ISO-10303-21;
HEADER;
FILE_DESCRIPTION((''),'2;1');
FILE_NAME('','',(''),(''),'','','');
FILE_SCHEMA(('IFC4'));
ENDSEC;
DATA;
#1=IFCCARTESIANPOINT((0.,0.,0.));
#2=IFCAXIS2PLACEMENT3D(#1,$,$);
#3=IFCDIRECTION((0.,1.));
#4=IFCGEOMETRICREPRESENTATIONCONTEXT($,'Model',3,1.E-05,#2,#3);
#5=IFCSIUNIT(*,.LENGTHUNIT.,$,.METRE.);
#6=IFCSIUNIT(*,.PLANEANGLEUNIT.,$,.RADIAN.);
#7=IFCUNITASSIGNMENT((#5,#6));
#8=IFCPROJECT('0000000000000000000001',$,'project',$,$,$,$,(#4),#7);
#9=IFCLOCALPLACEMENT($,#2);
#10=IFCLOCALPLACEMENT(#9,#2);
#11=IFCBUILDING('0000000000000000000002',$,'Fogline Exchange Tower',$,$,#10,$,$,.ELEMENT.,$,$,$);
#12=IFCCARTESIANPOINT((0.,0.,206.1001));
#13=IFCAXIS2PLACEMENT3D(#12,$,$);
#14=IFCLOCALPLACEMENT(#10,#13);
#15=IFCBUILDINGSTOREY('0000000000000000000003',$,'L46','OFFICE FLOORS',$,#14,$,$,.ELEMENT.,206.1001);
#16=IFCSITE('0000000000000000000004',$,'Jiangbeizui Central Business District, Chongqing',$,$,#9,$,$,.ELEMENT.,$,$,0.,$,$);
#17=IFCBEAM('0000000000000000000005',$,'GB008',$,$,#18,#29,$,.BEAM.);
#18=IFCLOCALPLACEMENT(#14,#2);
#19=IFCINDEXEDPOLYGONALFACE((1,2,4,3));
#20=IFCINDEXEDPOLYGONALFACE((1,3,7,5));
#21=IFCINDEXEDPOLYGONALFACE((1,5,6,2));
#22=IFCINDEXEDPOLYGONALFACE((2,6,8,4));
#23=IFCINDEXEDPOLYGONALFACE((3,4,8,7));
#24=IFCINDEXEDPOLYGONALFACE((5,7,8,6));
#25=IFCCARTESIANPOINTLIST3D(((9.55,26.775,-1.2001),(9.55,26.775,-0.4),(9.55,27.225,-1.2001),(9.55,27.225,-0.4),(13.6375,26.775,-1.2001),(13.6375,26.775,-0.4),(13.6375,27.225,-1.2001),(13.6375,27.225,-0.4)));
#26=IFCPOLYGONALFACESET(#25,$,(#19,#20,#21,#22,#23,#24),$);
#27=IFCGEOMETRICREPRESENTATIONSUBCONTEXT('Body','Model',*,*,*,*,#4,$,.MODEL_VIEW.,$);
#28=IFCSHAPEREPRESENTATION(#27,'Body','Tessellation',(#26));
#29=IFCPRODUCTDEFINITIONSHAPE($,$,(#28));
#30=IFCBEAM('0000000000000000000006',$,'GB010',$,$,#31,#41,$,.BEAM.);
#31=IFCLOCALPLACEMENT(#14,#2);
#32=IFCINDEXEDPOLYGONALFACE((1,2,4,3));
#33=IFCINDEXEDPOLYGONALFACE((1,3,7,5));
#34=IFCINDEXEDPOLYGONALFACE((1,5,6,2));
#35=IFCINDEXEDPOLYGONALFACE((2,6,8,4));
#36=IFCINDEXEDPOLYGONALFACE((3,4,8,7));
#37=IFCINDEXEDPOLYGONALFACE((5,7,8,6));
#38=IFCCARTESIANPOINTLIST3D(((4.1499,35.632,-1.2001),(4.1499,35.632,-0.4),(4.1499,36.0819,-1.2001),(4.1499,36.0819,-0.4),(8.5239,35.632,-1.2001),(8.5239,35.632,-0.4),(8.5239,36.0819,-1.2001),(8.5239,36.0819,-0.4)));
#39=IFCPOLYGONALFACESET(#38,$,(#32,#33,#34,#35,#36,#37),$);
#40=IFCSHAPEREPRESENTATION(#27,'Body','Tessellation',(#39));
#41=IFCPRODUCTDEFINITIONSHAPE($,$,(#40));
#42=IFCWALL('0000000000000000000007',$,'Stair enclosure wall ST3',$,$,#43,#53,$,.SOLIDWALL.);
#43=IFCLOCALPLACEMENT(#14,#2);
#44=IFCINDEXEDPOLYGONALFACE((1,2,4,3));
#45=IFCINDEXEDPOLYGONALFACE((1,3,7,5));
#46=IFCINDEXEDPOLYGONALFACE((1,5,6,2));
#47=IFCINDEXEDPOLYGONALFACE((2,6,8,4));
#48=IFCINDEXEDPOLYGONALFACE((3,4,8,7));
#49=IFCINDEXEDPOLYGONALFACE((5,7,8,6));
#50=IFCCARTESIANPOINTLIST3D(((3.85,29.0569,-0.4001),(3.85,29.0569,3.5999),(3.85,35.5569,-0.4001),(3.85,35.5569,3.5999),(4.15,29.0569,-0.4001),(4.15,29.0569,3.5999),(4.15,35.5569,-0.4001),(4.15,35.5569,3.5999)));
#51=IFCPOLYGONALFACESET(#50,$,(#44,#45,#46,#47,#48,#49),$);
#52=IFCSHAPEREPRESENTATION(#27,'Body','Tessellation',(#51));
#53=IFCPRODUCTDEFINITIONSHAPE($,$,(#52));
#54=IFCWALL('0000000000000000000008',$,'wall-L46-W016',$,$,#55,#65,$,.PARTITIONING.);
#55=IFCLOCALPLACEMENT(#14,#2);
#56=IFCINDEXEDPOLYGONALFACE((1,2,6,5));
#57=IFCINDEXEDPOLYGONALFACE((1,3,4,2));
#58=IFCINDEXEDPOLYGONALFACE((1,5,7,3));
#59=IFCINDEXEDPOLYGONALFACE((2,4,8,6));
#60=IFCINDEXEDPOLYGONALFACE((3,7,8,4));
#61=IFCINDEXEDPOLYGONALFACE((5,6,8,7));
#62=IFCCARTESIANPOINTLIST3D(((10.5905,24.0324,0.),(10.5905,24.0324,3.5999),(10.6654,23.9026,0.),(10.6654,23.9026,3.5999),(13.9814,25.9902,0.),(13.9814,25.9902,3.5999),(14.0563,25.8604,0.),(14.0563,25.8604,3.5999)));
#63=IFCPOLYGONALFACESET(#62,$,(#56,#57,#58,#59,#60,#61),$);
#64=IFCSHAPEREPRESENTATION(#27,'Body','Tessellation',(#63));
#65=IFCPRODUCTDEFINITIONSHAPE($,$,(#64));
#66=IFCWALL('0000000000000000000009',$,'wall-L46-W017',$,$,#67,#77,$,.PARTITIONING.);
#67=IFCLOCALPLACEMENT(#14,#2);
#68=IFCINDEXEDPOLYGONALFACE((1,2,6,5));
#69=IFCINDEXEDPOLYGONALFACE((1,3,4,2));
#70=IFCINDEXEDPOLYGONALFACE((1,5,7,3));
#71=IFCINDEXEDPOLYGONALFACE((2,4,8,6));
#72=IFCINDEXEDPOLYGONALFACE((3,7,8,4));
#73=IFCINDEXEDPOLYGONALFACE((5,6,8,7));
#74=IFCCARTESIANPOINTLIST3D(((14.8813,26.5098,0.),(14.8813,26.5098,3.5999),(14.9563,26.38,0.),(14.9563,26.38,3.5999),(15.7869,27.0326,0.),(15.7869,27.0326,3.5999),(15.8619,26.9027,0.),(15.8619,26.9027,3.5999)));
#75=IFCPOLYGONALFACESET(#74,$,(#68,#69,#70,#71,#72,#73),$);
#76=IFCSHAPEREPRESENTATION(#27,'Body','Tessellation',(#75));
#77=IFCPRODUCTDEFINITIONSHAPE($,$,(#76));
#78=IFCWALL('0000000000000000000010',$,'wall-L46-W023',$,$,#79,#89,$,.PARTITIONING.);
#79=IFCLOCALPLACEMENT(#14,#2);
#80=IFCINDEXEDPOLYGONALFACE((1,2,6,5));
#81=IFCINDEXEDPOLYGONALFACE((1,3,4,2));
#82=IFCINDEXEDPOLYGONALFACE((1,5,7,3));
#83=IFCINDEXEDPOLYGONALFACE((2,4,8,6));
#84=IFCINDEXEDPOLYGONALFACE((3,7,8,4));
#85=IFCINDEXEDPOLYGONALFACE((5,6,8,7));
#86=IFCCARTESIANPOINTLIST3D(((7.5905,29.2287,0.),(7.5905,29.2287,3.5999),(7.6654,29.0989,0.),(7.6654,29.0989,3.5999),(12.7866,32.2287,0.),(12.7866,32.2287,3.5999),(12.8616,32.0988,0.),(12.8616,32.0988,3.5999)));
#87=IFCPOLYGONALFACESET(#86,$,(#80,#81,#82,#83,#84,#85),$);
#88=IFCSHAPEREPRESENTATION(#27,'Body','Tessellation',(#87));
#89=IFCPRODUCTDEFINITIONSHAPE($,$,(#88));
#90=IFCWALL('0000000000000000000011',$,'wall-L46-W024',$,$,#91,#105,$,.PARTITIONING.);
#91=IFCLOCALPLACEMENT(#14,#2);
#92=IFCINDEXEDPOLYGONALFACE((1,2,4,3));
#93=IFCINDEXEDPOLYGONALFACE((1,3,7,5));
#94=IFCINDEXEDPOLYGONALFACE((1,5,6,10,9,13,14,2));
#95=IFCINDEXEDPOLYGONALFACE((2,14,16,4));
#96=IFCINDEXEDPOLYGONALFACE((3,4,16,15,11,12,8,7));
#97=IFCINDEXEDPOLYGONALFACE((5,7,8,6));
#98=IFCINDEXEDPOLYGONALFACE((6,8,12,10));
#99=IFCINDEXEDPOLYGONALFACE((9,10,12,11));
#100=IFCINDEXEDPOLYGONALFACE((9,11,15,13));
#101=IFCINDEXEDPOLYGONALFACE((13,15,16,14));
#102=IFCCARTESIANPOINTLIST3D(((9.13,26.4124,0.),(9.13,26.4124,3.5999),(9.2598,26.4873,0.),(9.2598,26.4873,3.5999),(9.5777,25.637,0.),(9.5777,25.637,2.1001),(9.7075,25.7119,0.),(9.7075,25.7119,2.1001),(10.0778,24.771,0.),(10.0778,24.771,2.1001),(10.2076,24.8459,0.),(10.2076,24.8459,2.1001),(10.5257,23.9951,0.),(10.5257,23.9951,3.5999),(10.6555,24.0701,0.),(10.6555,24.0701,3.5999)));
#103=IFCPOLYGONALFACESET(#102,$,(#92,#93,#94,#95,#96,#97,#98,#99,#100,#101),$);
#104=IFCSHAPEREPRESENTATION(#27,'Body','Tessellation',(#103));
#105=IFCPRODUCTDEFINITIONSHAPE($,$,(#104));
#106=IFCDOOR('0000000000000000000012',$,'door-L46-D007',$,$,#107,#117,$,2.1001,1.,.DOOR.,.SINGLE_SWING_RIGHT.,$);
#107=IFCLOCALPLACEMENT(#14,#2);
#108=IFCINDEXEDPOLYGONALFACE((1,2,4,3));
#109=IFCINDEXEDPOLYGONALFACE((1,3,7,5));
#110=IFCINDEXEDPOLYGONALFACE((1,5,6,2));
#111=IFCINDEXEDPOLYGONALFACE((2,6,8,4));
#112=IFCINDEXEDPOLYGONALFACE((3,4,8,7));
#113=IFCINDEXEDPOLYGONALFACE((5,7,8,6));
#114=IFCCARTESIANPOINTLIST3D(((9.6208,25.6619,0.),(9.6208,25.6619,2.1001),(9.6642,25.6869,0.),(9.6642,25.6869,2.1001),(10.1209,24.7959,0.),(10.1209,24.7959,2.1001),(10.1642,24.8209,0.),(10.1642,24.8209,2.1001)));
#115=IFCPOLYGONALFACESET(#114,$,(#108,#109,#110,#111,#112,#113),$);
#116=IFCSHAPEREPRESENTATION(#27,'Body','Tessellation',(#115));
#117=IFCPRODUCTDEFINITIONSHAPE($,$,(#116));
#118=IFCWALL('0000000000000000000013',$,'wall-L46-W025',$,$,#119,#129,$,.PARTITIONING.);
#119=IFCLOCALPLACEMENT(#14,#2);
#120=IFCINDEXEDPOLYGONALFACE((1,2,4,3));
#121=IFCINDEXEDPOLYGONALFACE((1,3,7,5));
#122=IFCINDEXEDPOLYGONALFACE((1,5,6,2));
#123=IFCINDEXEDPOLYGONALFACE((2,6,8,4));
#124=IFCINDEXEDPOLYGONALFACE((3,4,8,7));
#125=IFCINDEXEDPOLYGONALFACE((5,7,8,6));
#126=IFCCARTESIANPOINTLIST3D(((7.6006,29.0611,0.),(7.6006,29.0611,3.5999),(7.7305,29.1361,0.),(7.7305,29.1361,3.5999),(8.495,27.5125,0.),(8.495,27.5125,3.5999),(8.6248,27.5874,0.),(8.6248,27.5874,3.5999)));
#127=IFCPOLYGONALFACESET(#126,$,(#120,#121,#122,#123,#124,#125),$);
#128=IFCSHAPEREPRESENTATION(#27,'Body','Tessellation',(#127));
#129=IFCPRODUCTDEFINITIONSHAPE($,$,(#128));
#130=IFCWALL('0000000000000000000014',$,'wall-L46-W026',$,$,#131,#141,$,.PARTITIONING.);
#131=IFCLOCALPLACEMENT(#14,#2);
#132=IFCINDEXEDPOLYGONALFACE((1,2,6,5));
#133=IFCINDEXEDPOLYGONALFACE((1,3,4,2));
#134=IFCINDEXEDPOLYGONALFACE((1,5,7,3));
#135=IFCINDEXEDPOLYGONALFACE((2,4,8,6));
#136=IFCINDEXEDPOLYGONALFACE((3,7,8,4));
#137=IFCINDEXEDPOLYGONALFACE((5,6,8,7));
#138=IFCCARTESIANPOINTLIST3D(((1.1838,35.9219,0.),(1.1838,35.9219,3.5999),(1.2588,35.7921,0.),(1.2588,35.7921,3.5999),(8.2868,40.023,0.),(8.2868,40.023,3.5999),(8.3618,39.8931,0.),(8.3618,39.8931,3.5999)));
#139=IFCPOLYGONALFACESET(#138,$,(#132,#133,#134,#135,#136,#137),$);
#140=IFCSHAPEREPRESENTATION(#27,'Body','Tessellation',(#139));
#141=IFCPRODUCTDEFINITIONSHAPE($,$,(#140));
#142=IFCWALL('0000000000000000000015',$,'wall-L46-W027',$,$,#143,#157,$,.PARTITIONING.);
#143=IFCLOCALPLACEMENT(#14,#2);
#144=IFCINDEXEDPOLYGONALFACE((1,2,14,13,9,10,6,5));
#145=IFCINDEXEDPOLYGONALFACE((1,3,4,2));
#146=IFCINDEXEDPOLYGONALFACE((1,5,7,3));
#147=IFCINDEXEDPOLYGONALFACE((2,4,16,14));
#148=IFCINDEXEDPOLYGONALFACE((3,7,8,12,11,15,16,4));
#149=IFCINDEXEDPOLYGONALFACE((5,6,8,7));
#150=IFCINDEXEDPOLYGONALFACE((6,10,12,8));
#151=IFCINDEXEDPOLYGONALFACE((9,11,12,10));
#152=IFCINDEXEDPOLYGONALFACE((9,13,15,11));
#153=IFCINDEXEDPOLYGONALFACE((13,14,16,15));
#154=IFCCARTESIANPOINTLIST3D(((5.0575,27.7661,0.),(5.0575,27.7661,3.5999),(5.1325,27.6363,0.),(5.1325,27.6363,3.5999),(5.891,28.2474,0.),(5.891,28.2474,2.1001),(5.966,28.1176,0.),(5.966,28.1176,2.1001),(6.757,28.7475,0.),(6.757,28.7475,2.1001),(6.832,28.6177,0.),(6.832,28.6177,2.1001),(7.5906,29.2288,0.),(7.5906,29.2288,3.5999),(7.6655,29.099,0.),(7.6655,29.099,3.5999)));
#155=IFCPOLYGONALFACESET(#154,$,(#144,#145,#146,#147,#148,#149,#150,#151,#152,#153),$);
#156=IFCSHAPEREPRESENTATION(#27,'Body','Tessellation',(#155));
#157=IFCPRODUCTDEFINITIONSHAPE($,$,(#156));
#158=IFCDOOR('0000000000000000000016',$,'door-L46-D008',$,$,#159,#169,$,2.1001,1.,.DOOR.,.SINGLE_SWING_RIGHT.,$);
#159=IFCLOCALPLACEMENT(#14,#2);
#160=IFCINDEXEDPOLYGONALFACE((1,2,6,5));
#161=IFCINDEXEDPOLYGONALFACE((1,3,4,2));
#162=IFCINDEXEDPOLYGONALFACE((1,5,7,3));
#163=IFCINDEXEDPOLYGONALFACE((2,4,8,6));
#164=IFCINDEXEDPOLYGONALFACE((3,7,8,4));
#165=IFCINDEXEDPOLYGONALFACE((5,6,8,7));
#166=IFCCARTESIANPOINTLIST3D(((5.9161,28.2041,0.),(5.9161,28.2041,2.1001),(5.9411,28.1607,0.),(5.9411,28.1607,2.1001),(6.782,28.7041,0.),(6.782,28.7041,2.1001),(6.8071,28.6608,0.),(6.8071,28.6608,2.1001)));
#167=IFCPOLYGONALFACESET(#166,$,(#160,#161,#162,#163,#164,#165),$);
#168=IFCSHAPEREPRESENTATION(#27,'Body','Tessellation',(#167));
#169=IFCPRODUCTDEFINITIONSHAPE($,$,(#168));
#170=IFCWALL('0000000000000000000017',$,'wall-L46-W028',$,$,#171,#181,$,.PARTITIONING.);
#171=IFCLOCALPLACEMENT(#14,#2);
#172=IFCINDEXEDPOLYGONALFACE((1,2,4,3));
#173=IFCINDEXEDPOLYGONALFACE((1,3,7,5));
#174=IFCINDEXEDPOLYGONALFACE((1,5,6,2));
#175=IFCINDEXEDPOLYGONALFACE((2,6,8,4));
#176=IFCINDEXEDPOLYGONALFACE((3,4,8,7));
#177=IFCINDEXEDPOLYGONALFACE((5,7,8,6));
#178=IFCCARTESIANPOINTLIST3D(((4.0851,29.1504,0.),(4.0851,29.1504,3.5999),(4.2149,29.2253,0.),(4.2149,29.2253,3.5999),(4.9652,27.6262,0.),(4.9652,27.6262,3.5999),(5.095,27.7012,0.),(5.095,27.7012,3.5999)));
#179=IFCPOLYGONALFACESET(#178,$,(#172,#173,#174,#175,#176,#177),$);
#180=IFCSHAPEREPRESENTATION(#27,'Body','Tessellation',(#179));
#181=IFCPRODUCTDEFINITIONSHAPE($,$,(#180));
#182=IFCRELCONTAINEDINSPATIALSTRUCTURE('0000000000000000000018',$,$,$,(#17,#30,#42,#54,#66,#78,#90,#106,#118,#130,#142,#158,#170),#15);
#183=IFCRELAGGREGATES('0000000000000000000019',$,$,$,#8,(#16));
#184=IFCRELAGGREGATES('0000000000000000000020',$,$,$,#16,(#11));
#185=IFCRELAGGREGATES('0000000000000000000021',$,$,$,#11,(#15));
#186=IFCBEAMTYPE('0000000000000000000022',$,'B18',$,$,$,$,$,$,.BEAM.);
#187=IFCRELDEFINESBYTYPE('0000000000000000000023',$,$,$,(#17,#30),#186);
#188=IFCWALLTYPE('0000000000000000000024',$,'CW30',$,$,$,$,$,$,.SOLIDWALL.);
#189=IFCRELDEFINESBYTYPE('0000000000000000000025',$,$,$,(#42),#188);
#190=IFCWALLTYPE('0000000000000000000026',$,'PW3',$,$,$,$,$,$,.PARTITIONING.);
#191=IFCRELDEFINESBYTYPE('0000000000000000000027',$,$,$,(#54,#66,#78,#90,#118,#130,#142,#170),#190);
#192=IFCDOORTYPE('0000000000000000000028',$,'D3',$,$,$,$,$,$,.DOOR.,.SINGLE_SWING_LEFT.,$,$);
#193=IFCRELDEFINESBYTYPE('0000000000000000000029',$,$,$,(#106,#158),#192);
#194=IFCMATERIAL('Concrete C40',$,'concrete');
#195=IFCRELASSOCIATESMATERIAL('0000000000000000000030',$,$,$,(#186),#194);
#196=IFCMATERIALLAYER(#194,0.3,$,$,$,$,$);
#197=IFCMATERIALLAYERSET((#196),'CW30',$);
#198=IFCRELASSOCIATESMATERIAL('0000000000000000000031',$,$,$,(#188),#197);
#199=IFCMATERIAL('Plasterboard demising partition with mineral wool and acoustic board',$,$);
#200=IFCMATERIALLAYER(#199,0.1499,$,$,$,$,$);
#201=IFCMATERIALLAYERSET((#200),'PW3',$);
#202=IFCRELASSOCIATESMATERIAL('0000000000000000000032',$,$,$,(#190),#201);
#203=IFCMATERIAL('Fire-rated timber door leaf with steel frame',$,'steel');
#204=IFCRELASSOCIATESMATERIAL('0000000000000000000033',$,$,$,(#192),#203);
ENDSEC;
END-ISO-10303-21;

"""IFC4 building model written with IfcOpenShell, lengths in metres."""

from ifc_helpers import new_model, si_unit, direction, frame, frame_2d, origin, origin_2d, place, context, subcontext, project, spatial, rectangle, extrude, material, layer, layer_set, material_profile, profile_set, type_object, element, fill, save


model = new_model("IFC4")

# Units and contexts
model_context = context("Model", 3, precision=1e-05, world=origin(), true_north=direction((0.0, 1.0)))
body_context = subcontext(model_context, "Body", "Model", "MODEL_VIEW")
ifc_project = project(units=[si_unit("LENGTHUNIT", "METRE"), si_unit("PLANEANGLEUNIT", "RADIAN")], contexts=[model_context])

# Site, building, storey
site_placement = place(None, origin())
site = spatial("IfcSite", under=ifc_project, at=site_placement, Name="Jiangbeizui Central Business District, Chongqing", CompositionType="ELEMENT", RefElevation=0.0)
building_placement = place(site_placement, origin())
building = spatial("IfcBuilding", under=site, at=building_placement, Name="Fogline Exchange Tower", CompositionType="ELEMENT")
storey_placement = place(building_placement, frame((0.0, 0.0, 206.1001)))
storey = spatial("IfcBuildingStorey", under=building, at=storey_placement, Name="L46", Description="OFFICE FLOORS", CompositionType="ELEMENT", Elevation=206.1001)

# Beams
ifc_material_1 = material(Name="Concrete C40", Category="concrete")
ifc_material_profile_1 = material_profile(ifc_material_1, rectangle(XDim=0.45, YDim=0.8, at=origin_2d()), Name="RC 450x800")
ifc_profile_set_1 = profile_set([ifc_material_profile_1], Name="Concrete C40")
beam_type_1 = type_object("IfcBeamType", Name="B18", PredefinedType="BEAM", material=ifc_profile_set_1)
beam_1_placement = place(storey_placement, frame((9.55, 27.0, -0.8), z_axis=(1.0, 0.0, 0.0), x_axis=(0.0, 1.0, 0.0)))
element("IfcBeam", 1, at=beam_1_placement, inside=storey, type_object=beam_type_1, Name="GB008", PredefinedType="BEAM", context=body_context, shape_type="SweptSolid", body=[
    extrude(rectangle(XDim=0.45, YDim=0.8, at=origin_2d()), origin(), (0.0, 0.0, 1.0), 4.0874),
])
beam_2_placement = place(storey_placement, frame((4.1499, 35.8569, -0.8), z_axis=(1.0, 0.0, 0.0), x_axis=(0.0, 1.0, 0.0)))
element("IfcBeam", 2, at=beam_2_placement, inside=storey, type_object=beam_type_1, Name="GB010", PredefinedType="BEAM", context=body_context, shape_type="SweptSolid", body=[
    extrude(rectangle(XDim=0.45, YDim=0.8, at=origin_2d()), origin(), (0.0, 0.0, 1.0), 4.374),
])

# Wall
ifc_layer_1 = layer(ifc_material_1, 0.3)
ifc_layer_set_1 = layer_set([ifc_layer_1], Name="CW30")
wall_type_1 = type_object("IfcWallType", Name="CW30", PredefinedType="SOLIDWALL", material=ifc_layer_set_1)
wall_1_placement = place(storey_placement, frame((4.0, 29.0569, -0.4001), z_axis=(0.0, 0.0, 1.0), x_axis=(0.0, 1.0, 0.0)))
element("IfcWall", 3, at=wall_1_placement, inside=storey, type_object=wall_type_1, Name="Stair enclosure wall ST3", PredefinedType="SOLIDWALL", context=body_context, shape_type="SweptSolid", body=[
    extrude(rectangle(XDim=6.5, YDim=0.3, at=frame_2d((3.25, 0.0))), origin(), (0.0, 0.0, 1.0), 4.0),
])

# Walls
ifc_material_2 = material(Name="Plasterboard demising partition with mineral wool and acoustic board")
ifc_layer_2 = layer(ifc_material_2, 0.1499)
ifc_layer_set_2 = layer_set([ifc_layer_2], Name="PW3")
wall_type_2 = type_object("IfcWallType", Name="PW3", PredefinedType="PARTITIONING", material=ifc_layer_set_2)
wall_2_placement = place(storey_placement, frame((10.6279, 23.9675, 0.0), z_axis=(0.0, 0.0, 1.0), x_axis=(0.86602, 0.500009, 0.0)))
element("IfcWall", 4, at=wall_2_placement, inside=storey, type_object=wall_type_2, Name="wall-L46-W016", PredefinedType="PARTITIONING", context=body_context, shape_type="SweptSolid", body=[
    extrude(rectangle(XDim=3.9155, YDim=0.1499, at=frame_2d((1.9578, 0.0))), origin(), (0.0, 0.0, 1.0), 3.5999),
])
wall_3_placement = place(storey_placement, frame((14.9187, 26.4448, 0.0), z_axis=(0.0, 0.0, 1.0), x_axis=(0.866065, 0.499931, 0.0)))
element("IfcWall", 5, at=wall_3_placement, inside=storey, type_object=wall_type_2, Name="wall-L46-W017", PredefinedType="PARTITIONING", context=body_context, shape_type="SweptSolid", body=[
    extrude(rectangle(XDim=1.0457, YDim=0.1499, at=frame_2d((0.5229, 0.0))), origin(), (0.0, 0.0, 1.0), 3.5999),
])
wall_4_placement = place(storey_placement, frame((7.6279, 29.1638, 0.0), z_axis=(0.0, 0.0, 1.0), x_axis=(0.866031, 0.49999, 0.0)))
element("IfcWall", 6, at=wall_4_placement, inside=storey, type_object=wall_type_2, Name="wall-L46-W023", PredefinedType="PARTITIONING", context=body_context, shape_type="SweptSolid", body=[
    extrude(rectangle(XDim=6.0, YDim=0.1499, at=frame_2d((3.0, 0.0))), origin(), (0.0, 0.0, 1.0), 3.5999),
])

# Wall, opening, door
wall_5_placement = place(storey_placement, frame((10.5906, 24.0327, 0.0), z_axis=(0.0, 0.0, 1.0), x_axis=(-0.500043, 0.866001, 0.0)))
wall_5 = element("IfcWall", 7, at=wall_5_placement, inside=storey, type_object=wall_type_2, Name="wall-L46-W024", PredefinedType="PARTITIONING", context=body_context, shape_type="SweptSolid", body=[
    extrude(rectangle(XDim=2.7913, YDim=0.1499, at=frame_2d((1.3955, 0.0))), origin(), (0.0, 0.0, 1.0), 3.5999),
])
opening_1_placement = place(wall_5_placement, frame((0.8958, 0.0, 0.0)))
opening_1 = element("IfcOpeningElement", 8, at=opening_1_placement, cuts=wall_5, PredefinedType="OPENING", context=body_context, shape_type="SweptSolid", body=[
    extrude(rectangle(XDim=1.0, YDim=2.1001, at=frame_2d((0.5, 1.05))), frame((0.0, 0.085, 0.0), z_axis=(0.0, -1.0, 0.0), x_axis=(1.0, 0.0, 0.0)), (0.0, 0.0, 1.0), 0.1699),
])
ifc_material_3 = material(Name="Fire-rated timber door leaf with steel frame", Category="steel")
door_type_1 = type_object("IfcDoorType", Name="D3", OperationType="SINGLE_SWING_LEFT", PredefinedType="DOOR", material=ifc_material_3)
door_1_placement = place(opening_1_placement, frame((1.0, 0.0, 0.0), z_axis=(0.0, 0.0, 1.0), x_axis=(-1.0, 0.0, 0.0)))
door_1 = element("IfcDoor", 9, at=door_1_placement, inside=storey, type_object=door_type_1, Name="door-L46-D007", OperationType="SINGLE_SWING_RIGHT", OverallHeight=2.1001, OverallWidth=1.0, PredefinedType="DOOR", context=body_context, shape_type="SweptSolid", body=[
    extrude(rectangle(XDim=1.0, YDim=2.1001, at=frame_2d((0.5, 1.05))), frame((0.0, 0.0249, 0.0), z_axis=(0.0, -1.0, 0.0), x_axis=(1.0, 0.0, 0.0)), (0.0, 0.0, 1.0), 0.05),
])
fill(opening_1, door_1)

# Walls
wall_6_placement = place(storey_placement, frame((8.5598, 27.55, 0.0), z_axis=(0.0, 0.0, 1.0), x_axis=(-0.500089, 0.865974, 0.0)))
element("IfcWall", 10, at=wall_6_placement, inside=storey, type_object=wall_type_2, Name="wall-L46-W025", PredefinedType="PARTITIONING", context=body_context, shape_type="SweptSolid", body=[
    extrude(rectangle(XDim=1.7883, YDim=0.1499, at=frame_2d((0.894, 0.0))), origin(), (0.0, 0.0, 1.0), 3.5999),
])
wall_7_placement = place(storey_placement, frame((1.2212, 35.8569, 0.0), z_axis=(0.0, 0.0, 1.0), x_axis=(0.866018, 0.500013, 0.0)))
element("IfcWall", 11, at=wall_7_placement, inside=storey, type_object=wall_type_2, Name="wall-L46-W026", PredefinedType="PARTITIONING", context=body_context, shape_type="SweptSolid", body=[
    extrude(rectangle(XDim=8.2019, YDim=0.1499, at=frame_2d((4.1011, 0.0))), origin(), (0.0, 0.0, 1.0), 3.5999),
])

# Wall, opening, door
wall_8_placement = place(storey_placement, frame((7.6279, 29.1638, 0.0), z_axis=(0.0, 0.0, 1.0), x_axis=(-0.86599, -0.500062, 0.0)))
wall_8 = element("IfcWall", 12, at=wall_8_placement, inside=storey, type_object=wall_type_2, Name="wall-L46-W027", PredefinedType="PARTITIONING", context=body_context, shape_type="SweptSolid", body=[
    extrude(rectangle(XDim=2.925, YDim=0.1499, at=frame_2d((1.4624, 0.0))), origin(), (0.0, 0.0, 1.0), 3.5999),
])
opening_2_placement = place(wall_8_placement, frame((0.9624, 0.0, 0.0)))
opening_2 = element("IfcOpeningElement", 13, at=opening_2_placement, cuts=wall_8, PredefinedType="OPENING", context=body_context, shape_type="SweptSolid", body=[
    extrude(rectangle(XDim=1.0, YDim=2.1001, at=frame_2d((0.5, 1.05))), frame((0.0, 0.085, 0.0), z_axis=(0.0, -1.0, 0.0), x_axis=(1.0, 0.0, 0.0)), (0.0, 0.0, 1.0), 0.1699),
])
door_2_placement = place(opening_2_placement, frame((1.0, 0.0, 0.0), z_axis=(0.0, 0.0, 1.0), x_axis=(-1.0, 0.0, 0.0)))
door_2 = element("IfcDoor", 14, at=door_2_placement, inside=storey, type_object=door_type_1, Name="door-L46-D008", OperationType="SINGLE_SWING_RIGHT", OverallHeight=2.1001, OverallWidth=1.0, PredefinedType="DOOR", context=body_context, shape_type="SweptSolid", body=[
    extrude(rectangle(XDim=1.0, YDim=2.1001, at=frame_2d((0.5, 1.05))), frame((0.0, 0.0249, 0.0), z_axis=(0.0, -1.0, 0.0), x_axis=(1.0, 0.0, 0.0)), (0.0, 0.0, 1.0), 0.05),
])
fill(opening_2, door_2)

# Wall
wall_9_placement = place(storey_placement, frame((5.03, 27.6638, 0.0), z_axis=(0.0, 0.0, 1.0), x_axis=(-0.500063, 0.865989, 0.0)))
element("IfcWall", 15, at=wall_9_placement, inside=storey, type_object=wall_type_2, Name="wall-L46-W028", PredefinedType="PARTITIONING", context=body_context, shape_type="SweptSolid", body=[
    extrude(rectangle(XDim=1.76, YDim=0.1499, at=frame_2d((0.8799, 0.0))), origin(), (0.0, 0.0, 1.0), 3.5999),
])

save(model, "model.ifc")
